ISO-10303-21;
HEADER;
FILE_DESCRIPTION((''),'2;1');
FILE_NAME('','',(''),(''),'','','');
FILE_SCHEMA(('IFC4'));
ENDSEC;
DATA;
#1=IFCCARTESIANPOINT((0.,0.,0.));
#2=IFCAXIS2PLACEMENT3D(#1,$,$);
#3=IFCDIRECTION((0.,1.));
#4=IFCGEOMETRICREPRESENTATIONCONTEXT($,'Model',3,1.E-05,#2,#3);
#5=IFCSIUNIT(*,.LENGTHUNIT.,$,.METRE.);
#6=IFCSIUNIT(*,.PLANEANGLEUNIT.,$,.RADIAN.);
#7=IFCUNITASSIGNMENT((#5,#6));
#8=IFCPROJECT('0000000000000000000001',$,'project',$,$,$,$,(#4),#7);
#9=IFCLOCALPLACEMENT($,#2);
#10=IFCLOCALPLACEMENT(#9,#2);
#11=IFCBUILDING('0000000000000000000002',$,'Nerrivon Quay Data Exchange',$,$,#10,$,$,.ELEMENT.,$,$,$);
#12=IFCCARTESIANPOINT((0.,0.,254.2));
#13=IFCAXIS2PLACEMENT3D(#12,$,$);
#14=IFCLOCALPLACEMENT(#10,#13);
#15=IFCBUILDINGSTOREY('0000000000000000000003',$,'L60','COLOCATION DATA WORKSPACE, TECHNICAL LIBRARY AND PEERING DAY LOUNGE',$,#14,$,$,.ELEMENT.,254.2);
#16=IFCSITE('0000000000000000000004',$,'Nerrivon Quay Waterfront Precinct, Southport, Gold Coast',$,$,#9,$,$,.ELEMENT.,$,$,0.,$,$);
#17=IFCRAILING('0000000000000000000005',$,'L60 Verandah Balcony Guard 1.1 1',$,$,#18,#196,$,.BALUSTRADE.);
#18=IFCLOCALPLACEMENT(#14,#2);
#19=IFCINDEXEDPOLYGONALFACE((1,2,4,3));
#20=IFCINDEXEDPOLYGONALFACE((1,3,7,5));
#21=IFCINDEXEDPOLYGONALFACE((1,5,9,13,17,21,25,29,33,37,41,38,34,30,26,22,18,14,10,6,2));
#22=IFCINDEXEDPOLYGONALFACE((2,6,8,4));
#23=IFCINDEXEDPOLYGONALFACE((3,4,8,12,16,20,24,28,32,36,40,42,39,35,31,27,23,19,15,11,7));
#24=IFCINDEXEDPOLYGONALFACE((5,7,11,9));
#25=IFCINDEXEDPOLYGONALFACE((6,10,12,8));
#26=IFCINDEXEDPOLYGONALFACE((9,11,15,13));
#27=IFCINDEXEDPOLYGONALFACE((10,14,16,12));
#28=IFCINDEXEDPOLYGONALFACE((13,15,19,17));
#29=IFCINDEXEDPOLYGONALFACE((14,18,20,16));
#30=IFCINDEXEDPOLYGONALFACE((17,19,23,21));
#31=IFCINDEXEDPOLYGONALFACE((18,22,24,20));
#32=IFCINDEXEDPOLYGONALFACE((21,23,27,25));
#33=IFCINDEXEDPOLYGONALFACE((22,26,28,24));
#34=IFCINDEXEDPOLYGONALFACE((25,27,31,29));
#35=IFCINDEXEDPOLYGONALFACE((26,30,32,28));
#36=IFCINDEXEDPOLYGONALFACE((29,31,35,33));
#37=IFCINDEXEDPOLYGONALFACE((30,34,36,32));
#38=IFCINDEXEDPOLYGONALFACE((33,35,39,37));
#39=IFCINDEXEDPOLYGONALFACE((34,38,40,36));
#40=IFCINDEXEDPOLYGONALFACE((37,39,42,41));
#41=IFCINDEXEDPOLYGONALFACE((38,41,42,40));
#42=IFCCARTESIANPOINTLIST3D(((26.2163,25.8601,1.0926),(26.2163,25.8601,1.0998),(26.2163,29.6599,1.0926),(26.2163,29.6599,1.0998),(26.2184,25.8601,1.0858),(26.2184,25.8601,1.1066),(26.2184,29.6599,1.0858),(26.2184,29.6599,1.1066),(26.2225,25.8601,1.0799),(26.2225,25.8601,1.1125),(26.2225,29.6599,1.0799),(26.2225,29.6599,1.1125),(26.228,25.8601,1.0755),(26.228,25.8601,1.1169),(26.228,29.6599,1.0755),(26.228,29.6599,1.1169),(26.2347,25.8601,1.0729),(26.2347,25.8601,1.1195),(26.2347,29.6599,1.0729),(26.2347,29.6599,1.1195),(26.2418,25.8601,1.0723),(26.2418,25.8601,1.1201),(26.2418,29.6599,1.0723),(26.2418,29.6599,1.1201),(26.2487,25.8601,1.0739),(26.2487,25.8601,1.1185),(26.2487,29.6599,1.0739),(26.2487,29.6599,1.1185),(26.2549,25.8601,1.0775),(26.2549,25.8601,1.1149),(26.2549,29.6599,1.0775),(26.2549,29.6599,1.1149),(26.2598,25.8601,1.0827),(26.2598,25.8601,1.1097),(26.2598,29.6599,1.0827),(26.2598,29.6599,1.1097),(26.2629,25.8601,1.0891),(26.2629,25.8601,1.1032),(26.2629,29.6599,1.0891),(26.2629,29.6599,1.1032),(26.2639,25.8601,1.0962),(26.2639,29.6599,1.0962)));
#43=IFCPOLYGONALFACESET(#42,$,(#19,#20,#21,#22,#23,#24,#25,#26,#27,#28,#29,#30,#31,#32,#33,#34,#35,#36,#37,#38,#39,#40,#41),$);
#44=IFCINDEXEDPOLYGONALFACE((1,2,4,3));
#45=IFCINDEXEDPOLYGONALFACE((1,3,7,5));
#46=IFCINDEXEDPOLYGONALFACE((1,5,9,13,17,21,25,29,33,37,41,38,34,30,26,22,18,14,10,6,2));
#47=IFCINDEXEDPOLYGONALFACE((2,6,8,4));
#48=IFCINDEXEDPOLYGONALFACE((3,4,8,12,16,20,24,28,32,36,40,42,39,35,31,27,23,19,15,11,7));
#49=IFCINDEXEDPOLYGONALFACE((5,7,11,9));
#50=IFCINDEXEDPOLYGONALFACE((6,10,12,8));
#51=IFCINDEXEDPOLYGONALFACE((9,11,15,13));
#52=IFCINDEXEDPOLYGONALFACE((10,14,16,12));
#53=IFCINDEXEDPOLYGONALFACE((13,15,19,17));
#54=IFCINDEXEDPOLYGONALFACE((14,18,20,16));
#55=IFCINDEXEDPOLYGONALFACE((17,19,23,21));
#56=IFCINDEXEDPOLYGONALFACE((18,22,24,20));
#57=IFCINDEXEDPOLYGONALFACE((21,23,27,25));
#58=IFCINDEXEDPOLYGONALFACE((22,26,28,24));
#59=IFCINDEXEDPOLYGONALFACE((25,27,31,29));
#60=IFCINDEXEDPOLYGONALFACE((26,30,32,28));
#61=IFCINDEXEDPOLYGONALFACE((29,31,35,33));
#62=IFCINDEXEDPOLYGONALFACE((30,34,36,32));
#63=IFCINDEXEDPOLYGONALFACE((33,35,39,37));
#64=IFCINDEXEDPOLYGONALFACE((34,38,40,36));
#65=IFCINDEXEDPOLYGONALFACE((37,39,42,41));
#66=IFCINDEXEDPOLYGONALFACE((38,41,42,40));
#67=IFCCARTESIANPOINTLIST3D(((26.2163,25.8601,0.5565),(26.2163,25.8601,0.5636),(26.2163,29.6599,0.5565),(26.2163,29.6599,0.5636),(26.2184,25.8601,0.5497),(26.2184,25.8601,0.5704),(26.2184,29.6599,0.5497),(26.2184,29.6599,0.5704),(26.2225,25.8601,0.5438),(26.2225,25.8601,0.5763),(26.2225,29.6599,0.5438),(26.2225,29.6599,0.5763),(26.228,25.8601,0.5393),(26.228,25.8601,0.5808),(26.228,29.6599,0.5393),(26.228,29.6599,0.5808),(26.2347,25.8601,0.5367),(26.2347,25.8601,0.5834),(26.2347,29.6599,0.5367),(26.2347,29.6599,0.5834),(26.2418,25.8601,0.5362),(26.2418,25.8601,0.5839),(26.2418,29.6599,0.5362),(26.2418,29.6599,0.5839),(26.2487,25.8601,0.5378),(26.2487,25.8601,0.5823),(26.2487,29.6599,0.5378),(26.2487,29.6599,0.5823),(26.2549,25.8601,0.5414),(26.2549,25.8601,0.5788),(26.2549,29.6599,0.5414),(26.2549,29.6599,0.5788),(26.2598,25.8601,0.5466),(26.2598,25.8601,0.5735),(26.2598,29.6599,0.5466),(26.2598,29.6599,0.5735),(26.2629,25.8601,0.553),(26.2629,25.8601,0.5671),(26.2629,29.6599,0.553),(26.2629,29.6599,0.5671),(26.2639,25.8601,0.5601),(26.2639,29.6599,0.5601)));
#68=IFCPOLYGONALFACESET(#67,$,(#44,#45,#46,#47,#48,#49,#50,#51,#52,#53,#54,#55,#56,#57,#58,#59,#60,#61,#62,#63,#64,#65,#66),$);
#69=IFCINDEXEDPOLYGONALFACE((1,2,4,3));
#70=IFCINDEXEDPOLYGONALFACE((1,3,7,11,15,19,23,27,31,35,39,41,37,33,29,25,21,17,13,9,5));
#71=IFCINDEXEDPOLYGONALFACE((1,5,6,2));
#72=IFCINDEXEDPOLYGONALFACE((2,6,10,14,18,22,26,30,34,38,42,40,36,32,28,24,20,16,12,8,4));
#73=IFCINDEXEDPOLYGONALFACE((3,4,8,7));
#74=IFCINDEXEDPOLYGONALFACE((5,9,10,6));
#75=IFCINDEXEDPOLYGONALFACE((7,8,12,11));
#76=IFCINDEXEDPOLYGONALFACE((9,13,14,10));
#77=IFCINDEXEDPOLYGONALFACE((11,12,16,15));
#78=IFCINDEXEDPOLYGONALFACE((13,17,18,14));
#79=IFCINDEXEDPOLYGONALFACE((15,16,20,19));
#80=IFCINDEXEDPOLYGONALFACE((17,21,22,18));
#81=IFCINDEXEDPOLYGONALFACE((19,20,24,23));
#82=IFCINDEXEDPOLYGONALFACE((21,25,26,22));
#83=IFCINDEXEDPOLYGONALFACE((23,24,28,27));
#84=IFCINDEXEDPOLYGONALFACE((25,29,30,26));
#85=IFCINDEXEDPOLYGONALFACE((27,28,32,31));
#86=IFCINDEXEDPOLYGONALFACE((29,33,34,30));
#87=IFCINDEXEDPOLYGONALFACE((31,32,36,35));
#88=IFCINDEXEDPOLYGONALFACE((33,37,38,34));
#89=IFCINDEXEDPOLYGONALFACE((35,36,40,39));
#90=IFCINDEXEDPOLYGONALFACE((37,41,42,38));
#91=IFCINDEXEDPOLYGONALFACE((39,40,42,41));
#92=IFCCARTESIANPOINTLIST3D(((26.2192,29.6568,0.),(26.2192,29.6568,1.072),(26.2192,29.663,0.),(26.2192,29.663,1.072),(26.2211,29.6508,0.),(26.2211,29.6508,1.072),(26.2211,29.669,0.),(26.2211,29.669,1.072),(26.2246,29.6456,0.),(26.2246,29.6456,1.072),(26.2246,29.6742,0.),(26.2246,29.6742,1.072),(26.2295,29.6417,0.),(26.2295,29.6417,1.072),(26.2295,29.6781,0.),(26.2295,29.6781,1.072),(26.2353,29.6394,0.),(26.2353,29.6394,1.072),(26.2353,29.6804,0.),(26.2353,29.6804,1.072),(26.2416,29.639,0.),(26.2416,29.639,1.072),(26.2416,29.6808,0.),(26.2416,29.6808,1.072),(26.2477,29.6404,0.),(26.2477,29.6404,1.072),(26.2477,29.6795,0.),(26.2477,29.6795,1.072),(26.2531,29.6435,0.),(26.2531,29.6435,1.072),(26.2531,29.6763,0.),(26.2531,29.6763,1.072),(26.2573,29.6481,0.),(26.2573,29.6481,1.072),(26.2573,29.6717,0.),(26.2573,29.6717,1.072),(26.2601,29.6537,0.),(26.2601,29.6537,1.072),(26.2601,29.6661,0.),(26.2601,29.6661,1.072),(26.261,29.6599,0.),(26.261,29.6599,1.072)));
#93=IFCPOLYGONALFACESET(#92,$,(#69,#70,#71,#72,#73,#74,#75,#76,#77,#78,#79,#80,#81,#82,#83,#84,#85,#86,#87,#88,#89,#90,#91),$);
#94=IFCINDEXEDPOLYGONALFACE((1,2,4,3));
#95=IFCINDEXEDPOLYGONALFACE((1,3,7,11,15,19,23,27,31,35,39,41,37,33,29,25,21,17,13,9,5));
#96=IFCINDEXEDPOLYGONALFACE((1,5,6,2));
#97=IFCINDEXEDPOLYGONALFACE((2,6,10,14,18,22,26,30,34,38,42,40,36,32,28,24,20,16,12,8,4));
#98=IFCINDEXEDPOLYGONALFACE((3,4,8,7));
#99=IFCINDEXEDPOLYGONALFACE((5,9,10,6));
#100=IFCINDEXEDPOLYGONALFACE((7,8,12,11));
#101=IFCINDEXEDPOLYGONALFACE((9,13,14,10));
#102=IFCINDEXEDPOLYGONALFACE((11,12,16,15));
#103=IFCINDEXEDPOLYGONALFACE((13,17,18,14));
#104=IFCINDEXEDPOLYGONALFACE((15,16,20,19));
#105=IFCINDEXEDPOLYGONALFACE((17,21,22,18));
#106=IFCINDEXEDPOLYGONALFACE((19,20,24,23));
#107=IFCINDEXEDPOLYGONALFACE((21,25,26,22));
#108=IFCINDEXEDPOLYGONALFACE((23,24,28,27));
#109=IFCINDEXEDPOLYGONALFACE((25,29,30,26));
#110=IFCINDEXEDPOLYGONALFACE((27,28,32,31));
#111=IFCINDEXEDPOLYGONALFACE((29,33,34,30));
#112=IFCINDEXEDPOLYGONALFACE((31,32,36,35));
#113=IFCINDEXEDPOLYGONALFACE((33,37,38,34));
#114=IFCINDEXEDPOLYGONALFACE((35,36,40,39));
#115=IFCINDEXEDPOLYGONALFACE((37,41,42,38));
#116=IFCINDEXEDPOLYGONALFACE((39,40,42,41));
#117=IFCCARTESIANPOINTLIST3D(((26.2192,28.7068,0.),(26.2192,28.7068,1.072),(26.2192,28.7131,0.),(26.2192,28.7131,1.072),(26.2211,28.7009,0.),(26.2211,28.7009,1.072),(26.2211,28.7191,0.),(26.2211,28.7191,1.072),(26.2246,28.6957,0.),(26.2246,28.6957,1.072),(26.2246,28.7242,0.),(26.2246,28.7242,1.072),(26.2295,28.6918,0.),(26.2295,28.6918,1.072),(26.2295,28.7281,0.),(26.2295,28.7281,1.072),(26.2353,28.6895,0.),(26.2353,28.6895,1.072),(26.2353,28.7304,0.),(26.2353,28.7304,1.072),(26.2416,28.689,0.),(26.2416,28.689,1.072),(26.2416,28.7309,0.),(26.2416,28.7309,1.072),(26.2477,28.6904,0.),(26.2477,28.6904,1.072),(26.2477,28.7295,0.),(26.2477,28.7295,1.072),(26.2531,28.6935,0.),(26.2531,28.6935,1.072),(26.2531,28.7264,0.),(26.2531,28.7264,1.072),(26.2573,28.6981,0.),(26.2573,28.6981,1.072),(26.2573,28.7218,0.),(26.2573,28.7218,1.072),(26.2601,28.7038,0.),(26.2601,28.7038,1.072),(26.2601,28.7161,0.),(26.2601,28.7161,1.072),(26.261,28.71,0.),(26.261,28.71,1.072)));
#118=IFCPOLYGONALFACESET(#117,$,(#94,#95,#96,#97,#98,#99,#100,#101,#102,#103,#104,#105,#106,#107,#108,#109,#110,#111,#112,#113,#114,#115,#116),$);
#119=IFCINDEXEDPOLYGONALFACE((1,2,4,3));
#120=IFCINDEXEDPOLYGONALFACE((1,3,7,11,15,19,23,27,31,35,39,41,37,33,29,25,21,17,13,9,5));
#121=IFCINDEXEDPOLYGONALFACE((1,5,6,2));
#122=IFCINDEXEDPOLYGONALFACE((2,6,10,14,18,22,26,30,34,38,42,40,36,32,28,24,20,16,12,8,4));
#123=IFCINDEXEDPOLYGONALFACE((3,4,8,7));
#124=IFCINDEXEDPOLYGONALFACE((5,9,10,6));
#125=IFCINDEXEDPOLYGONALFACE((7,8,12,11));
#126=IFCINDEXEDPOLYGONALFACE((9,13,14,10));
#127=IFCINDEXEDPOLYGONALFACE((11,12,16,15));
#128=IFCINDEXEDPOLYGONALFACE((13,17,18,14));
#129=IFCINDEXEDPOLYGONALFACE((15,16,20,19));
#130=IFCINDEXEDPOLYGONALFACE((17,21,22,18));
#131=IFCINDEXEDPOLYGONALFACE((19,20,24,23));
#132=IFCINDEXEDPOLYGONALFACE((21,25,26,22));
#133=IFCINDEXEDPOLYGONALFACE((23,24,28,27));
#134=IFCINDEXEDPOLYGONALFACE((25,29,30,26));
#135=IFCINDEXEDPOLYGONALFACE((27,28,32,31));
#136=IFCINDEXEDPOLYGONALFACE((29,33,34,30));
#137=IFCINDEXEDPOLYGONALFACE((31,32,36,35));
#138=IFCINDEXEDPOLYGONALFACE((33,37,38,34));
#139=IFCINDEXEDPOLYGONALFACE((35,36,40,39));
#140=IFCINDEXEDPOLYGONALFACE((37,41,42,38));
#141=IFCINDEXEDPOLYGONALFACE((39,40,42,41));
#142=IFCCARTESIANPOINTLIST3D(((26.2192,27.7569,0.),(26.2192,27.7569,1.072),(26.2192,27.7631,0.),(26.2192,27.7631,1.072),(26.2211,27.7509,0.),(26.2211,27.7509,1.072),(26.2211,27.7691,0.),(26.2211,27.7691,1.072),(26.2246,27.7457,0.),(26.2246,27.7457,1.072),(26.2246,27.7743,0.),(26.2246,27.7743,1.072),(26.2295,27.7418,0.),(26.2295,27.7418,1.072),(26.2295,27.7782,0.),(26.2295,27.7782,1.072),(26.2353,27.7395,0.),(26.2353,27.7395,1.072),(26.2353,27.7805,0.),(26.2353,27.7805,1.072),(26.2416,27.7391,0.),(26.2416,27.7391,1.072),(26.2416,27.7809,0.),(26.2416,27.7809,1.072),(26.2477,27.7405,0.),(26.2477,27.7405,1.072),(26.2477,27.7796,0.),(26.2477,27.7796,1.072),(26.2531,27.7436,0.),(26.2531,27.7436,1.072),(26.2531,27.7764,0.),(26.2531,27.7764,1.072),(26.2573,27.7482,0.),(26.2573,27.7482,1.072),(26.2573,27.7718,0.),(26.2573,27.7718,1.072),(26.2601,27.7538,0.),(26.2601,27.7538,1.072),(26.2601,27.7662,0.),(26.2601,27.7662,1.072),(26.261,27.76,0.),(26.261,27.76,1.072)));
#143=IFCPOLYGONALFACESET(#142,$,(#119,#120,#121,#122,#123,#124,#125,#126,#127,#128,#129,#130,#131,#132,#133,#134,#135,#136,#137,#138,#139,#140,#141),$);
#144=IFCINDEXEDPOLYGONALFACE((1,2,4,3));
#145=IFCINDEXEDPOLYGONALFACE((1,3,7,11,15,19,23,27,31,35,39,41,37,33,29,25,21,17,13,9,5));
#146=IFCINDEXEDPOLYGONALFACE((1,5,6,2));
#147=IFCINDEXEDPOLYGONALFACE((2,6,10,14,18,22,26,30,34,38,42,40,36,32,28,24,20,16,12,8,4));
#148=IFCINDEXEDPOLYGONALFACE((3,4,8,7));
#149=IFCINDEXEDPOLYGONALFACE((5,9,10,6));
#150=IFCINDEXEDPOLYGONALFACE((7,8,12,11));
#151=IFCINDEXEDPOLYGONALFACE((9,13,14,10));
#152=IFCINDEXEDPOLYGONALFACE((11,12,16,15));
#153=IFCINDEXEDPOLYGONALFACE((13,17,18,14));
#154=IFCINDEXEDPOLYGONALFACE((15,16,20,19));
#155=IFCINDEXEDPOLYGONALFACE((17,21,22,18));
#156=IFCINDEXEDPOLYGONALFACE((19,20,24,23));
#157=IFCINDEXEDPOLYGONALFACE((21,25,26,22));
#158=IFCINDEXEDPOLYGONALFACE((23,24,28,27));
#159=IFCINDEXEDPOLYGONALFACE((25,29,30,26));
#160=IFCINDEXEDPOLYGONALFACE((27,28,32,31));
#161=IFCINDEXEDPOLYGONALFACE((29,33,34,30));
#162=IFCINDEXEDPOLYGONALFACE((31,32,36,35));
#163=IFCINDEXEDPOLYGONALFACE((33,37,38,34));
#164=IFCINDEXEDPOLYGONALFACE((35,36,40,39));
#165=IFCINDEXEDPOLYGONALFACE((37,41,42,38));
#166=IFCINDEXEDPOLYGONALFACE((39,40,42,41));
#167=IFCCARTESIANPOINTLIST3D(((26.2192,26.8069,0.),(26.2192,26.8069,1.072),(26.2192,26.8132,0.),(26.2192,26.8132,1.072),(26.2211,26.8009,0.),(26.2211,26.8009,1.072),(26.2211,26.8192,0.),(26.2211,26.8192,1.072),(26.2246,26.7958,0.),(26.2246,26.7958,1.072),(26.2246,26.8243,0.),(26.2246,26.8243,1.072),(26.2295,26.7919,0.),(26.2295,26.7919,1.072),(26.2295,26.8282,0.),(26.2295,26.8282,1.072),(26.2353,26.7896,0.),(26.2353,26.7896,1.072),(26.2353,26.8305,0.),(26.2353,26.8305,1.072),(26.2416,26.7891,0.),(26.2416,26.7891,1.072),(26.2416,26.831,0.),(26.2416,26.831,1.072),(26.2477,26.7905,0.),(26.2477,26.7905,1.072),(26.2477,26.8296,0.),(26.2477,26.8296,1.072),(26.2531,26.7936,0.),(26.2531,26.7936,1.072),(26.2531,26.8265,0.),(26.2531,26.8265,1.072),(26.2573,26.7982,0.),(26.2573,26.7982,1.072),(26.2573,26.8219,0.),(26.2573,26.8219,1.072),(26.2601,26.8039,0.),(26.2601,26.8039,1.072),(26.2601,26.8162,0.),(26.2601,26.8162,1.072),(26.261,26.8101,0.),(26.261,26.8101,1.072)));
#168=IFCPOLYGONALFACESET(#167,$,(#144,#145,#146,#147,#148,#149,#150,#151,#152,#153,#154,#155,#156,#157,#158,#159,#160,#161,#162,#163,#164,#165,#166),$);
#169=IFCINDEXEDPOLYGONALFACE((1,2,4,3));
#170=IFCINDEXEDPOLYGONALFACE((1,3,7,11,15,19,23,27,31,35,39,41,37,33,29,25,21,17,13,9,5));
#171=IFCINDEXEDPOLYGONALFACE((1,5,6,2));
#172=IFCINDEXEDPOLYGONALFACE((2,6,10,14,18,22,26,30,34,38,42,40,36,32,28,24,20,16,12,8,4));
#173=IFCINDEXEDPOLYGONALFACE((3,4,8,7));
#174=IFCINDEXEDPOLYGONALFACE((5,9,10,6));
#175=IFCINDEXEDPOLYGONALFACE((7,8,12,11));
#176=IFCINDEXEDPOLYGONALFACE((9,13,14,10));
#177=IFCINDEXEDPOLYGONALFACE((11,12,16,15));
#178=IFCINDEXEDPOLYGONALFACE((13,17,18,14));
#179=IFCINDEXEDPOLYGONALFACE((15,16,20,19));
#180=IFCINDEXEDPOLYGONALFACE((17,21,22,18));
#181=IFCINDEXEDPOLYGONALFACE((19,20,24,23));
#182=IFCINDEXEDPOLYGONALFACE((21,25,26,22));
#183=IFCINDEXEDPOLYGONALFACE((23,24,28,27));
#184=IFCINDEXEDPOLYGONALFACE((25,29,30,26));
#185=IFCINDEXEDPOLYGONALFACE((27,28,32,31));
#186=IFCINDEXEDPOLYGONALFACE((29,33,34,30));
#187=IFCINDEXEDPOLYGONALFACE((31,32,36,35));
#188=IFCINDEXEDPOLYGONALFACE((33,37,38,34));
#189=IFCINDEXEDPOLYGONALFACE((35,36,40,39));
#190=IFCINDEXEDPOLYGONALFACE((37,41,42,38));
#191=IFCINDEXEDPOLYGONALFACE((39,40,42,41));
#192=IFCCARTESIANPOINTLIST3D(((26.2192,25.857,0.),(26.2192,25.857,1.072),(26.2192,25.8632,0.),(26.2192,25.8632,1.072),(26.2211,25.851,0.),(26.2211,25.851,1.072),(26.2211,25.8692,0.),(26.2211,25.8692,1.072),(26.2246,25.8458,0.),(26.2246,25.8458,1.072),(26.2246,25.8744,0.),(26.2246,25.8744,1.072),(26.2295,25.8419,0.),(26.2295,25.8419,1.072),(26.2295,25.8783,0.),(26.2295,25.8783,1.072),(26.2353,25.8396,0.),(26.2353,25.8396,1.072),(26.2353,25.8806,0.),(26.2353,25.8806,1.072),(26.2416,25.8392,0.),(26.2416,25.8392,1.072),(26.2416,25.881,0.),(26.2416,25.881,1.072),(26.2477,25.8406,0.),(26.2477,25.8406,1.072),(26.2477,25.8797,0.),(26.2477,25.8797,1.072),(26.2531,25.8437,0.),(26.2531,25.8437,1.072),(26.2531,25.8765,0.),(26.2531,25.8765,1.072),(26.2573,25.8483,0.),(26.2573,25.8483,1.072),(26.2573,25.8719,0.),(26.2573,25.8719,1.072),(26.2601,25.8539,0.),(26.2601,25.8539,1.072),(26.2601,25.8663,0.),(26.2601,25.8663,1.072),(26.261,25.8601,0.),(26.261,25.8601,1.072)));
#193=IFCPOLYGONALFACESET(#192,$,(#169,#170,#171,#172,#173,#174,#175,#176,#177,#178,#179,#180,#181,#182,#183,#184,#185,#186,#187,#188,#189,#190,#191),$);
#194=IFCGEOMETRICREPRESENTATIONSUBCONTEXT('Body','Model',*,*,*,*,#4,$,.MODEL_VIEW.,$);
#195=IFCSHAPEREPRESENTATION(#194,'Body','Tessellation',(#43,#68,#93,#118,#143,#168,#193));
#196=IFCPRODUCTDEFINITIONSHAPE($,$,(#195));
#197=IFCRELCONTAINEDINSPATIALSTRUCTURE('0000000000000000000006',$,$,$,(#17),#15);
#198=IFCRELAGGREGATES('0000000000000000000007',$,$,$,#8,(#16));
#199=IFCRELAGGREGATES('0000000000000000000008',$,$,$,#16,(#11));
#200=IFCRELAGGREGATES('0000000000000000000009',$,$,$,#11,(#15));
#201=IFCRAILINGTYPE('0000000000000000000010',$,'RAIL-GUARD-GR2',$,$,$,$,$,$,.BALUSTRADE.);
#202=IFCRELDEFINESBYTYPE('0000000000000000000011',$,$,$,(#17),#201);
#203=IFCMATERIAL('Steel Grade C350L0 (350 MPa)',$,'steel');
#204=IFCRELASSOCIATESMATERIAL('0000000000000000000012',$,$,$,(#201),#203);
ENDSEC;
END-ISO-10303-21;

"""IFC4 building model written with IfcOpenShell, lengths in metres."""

from ifc_helpers import new_model, si_unit, direction, frame, origin, origin_2d, place, context, subcontext, project, spatial, circle, extrude, material, type_object, element, save


model = new_model("IFC4")

# Units and contexts
model_context = context("Model", 3, precision=1e-05, world=origin(), true_north=direction((0.0, 1.0)))
body_context = subcontext(model_context, "Body", "Model", "MODEL_VIEW")
ifc_project = project(units=[si_unit("LENGTHUNIT", "METRE"), si_unit("PLANEANGLEUNIT", "RADIAN")], contexts=[model_context])

# Site, building, storey
site_placement = place(None, origin())
site = spatial("IfcSite", under=ifc_project, at=site_placement, Name="Nerrivon Quay Waterfront Precinct, Southport, Gold Coast", CompositionType="ELEMENT", RefElevation=0.0)
building_placement = place(site_placement, origin())
building = spatial("IfcBuilding", under=site, at=building_placement, Name="Nerrivon Quay Data Exchange", CompositionType="ELEMENT")
storey_placement = place(building_placement, frame((0.0, 0.0, 254.2)))
storey = spatial("IfcBuildingStorey", under=building, at=storey_placement, Name="L60", Description="COLOCATION DATA WORKSPACE, TECHNICAL LIBRARY AND PEERING DAY LOUNGE", CompositionType="ELEMENT", Elevation=254.2)

# Shared definitions
ifc_material_1 = material(Name="Steel Grade C350L0 (350 MPa)", Category="steel")

# Railing
railing_type = type_object("IfcRailingType", Name="RAIL-GUARD-GR2", PredefinedType="BALUSTRADE", material=ifc_material_1)
railing_1_placement = place(storey_placement, frame((26.24, 29.6599, 0.0)))
element("IfcRailing", 1, at=railing_1_placement, inside=storey, type_object=railing_type, Name="L60 Verandah Balcony Guard 1.1 1", PredefinedType="BALUSTRADE", context=body_context, shape_type="SweptSolid", body=[
    extrude(circle(Radius=0.0239, at=origin_2d()), frame((0.0, 0.0, 1.0962), z_axis=(0.0, -1.0, 0.0), x_axis=(1.0, 0.0, 0.0)), (0.0, 0.0, 1.0), 3.7998),
    extrude(circle(Radius=0.0239, at=origin_2d()), frame((0.0, 0.0, 0.5601), z_axis=(0.0, -1.0, 0.0), x_axis=(1.0, 0.0, 0.0)), (0.0, 0.0, 1.0), 3.7998),
    extrude(circle(Radius=0.021, at=origin_2d()), origin(), (0.0, 0.0, 1.0), 1.072),
    extrude(circle(Radius=0.021, at=origin_2d()), frame((0.0, -0.95, 0.0)), (0.0, 0.0, 1.0), 1.072),
    extrude(circle(Radius=0.021, at=origin_2d()), frame((0.0, -1.8999, 0.0)), (0.0, 0.0, 1.0), 1.072),
    extrude(circle(Radius=0.021, at=origin_2d()), frame((0.0, -2.8499, 0.0)), (0.0, 0.0, 1.0), 1.072),
    extrude(circle(Radius=0.021, at=origin_2d()), frame((0.0, -3.7998, 0.0)), (0.0, 0.0, 1.0), 1.072),
])

save(model, "model.ifc")
